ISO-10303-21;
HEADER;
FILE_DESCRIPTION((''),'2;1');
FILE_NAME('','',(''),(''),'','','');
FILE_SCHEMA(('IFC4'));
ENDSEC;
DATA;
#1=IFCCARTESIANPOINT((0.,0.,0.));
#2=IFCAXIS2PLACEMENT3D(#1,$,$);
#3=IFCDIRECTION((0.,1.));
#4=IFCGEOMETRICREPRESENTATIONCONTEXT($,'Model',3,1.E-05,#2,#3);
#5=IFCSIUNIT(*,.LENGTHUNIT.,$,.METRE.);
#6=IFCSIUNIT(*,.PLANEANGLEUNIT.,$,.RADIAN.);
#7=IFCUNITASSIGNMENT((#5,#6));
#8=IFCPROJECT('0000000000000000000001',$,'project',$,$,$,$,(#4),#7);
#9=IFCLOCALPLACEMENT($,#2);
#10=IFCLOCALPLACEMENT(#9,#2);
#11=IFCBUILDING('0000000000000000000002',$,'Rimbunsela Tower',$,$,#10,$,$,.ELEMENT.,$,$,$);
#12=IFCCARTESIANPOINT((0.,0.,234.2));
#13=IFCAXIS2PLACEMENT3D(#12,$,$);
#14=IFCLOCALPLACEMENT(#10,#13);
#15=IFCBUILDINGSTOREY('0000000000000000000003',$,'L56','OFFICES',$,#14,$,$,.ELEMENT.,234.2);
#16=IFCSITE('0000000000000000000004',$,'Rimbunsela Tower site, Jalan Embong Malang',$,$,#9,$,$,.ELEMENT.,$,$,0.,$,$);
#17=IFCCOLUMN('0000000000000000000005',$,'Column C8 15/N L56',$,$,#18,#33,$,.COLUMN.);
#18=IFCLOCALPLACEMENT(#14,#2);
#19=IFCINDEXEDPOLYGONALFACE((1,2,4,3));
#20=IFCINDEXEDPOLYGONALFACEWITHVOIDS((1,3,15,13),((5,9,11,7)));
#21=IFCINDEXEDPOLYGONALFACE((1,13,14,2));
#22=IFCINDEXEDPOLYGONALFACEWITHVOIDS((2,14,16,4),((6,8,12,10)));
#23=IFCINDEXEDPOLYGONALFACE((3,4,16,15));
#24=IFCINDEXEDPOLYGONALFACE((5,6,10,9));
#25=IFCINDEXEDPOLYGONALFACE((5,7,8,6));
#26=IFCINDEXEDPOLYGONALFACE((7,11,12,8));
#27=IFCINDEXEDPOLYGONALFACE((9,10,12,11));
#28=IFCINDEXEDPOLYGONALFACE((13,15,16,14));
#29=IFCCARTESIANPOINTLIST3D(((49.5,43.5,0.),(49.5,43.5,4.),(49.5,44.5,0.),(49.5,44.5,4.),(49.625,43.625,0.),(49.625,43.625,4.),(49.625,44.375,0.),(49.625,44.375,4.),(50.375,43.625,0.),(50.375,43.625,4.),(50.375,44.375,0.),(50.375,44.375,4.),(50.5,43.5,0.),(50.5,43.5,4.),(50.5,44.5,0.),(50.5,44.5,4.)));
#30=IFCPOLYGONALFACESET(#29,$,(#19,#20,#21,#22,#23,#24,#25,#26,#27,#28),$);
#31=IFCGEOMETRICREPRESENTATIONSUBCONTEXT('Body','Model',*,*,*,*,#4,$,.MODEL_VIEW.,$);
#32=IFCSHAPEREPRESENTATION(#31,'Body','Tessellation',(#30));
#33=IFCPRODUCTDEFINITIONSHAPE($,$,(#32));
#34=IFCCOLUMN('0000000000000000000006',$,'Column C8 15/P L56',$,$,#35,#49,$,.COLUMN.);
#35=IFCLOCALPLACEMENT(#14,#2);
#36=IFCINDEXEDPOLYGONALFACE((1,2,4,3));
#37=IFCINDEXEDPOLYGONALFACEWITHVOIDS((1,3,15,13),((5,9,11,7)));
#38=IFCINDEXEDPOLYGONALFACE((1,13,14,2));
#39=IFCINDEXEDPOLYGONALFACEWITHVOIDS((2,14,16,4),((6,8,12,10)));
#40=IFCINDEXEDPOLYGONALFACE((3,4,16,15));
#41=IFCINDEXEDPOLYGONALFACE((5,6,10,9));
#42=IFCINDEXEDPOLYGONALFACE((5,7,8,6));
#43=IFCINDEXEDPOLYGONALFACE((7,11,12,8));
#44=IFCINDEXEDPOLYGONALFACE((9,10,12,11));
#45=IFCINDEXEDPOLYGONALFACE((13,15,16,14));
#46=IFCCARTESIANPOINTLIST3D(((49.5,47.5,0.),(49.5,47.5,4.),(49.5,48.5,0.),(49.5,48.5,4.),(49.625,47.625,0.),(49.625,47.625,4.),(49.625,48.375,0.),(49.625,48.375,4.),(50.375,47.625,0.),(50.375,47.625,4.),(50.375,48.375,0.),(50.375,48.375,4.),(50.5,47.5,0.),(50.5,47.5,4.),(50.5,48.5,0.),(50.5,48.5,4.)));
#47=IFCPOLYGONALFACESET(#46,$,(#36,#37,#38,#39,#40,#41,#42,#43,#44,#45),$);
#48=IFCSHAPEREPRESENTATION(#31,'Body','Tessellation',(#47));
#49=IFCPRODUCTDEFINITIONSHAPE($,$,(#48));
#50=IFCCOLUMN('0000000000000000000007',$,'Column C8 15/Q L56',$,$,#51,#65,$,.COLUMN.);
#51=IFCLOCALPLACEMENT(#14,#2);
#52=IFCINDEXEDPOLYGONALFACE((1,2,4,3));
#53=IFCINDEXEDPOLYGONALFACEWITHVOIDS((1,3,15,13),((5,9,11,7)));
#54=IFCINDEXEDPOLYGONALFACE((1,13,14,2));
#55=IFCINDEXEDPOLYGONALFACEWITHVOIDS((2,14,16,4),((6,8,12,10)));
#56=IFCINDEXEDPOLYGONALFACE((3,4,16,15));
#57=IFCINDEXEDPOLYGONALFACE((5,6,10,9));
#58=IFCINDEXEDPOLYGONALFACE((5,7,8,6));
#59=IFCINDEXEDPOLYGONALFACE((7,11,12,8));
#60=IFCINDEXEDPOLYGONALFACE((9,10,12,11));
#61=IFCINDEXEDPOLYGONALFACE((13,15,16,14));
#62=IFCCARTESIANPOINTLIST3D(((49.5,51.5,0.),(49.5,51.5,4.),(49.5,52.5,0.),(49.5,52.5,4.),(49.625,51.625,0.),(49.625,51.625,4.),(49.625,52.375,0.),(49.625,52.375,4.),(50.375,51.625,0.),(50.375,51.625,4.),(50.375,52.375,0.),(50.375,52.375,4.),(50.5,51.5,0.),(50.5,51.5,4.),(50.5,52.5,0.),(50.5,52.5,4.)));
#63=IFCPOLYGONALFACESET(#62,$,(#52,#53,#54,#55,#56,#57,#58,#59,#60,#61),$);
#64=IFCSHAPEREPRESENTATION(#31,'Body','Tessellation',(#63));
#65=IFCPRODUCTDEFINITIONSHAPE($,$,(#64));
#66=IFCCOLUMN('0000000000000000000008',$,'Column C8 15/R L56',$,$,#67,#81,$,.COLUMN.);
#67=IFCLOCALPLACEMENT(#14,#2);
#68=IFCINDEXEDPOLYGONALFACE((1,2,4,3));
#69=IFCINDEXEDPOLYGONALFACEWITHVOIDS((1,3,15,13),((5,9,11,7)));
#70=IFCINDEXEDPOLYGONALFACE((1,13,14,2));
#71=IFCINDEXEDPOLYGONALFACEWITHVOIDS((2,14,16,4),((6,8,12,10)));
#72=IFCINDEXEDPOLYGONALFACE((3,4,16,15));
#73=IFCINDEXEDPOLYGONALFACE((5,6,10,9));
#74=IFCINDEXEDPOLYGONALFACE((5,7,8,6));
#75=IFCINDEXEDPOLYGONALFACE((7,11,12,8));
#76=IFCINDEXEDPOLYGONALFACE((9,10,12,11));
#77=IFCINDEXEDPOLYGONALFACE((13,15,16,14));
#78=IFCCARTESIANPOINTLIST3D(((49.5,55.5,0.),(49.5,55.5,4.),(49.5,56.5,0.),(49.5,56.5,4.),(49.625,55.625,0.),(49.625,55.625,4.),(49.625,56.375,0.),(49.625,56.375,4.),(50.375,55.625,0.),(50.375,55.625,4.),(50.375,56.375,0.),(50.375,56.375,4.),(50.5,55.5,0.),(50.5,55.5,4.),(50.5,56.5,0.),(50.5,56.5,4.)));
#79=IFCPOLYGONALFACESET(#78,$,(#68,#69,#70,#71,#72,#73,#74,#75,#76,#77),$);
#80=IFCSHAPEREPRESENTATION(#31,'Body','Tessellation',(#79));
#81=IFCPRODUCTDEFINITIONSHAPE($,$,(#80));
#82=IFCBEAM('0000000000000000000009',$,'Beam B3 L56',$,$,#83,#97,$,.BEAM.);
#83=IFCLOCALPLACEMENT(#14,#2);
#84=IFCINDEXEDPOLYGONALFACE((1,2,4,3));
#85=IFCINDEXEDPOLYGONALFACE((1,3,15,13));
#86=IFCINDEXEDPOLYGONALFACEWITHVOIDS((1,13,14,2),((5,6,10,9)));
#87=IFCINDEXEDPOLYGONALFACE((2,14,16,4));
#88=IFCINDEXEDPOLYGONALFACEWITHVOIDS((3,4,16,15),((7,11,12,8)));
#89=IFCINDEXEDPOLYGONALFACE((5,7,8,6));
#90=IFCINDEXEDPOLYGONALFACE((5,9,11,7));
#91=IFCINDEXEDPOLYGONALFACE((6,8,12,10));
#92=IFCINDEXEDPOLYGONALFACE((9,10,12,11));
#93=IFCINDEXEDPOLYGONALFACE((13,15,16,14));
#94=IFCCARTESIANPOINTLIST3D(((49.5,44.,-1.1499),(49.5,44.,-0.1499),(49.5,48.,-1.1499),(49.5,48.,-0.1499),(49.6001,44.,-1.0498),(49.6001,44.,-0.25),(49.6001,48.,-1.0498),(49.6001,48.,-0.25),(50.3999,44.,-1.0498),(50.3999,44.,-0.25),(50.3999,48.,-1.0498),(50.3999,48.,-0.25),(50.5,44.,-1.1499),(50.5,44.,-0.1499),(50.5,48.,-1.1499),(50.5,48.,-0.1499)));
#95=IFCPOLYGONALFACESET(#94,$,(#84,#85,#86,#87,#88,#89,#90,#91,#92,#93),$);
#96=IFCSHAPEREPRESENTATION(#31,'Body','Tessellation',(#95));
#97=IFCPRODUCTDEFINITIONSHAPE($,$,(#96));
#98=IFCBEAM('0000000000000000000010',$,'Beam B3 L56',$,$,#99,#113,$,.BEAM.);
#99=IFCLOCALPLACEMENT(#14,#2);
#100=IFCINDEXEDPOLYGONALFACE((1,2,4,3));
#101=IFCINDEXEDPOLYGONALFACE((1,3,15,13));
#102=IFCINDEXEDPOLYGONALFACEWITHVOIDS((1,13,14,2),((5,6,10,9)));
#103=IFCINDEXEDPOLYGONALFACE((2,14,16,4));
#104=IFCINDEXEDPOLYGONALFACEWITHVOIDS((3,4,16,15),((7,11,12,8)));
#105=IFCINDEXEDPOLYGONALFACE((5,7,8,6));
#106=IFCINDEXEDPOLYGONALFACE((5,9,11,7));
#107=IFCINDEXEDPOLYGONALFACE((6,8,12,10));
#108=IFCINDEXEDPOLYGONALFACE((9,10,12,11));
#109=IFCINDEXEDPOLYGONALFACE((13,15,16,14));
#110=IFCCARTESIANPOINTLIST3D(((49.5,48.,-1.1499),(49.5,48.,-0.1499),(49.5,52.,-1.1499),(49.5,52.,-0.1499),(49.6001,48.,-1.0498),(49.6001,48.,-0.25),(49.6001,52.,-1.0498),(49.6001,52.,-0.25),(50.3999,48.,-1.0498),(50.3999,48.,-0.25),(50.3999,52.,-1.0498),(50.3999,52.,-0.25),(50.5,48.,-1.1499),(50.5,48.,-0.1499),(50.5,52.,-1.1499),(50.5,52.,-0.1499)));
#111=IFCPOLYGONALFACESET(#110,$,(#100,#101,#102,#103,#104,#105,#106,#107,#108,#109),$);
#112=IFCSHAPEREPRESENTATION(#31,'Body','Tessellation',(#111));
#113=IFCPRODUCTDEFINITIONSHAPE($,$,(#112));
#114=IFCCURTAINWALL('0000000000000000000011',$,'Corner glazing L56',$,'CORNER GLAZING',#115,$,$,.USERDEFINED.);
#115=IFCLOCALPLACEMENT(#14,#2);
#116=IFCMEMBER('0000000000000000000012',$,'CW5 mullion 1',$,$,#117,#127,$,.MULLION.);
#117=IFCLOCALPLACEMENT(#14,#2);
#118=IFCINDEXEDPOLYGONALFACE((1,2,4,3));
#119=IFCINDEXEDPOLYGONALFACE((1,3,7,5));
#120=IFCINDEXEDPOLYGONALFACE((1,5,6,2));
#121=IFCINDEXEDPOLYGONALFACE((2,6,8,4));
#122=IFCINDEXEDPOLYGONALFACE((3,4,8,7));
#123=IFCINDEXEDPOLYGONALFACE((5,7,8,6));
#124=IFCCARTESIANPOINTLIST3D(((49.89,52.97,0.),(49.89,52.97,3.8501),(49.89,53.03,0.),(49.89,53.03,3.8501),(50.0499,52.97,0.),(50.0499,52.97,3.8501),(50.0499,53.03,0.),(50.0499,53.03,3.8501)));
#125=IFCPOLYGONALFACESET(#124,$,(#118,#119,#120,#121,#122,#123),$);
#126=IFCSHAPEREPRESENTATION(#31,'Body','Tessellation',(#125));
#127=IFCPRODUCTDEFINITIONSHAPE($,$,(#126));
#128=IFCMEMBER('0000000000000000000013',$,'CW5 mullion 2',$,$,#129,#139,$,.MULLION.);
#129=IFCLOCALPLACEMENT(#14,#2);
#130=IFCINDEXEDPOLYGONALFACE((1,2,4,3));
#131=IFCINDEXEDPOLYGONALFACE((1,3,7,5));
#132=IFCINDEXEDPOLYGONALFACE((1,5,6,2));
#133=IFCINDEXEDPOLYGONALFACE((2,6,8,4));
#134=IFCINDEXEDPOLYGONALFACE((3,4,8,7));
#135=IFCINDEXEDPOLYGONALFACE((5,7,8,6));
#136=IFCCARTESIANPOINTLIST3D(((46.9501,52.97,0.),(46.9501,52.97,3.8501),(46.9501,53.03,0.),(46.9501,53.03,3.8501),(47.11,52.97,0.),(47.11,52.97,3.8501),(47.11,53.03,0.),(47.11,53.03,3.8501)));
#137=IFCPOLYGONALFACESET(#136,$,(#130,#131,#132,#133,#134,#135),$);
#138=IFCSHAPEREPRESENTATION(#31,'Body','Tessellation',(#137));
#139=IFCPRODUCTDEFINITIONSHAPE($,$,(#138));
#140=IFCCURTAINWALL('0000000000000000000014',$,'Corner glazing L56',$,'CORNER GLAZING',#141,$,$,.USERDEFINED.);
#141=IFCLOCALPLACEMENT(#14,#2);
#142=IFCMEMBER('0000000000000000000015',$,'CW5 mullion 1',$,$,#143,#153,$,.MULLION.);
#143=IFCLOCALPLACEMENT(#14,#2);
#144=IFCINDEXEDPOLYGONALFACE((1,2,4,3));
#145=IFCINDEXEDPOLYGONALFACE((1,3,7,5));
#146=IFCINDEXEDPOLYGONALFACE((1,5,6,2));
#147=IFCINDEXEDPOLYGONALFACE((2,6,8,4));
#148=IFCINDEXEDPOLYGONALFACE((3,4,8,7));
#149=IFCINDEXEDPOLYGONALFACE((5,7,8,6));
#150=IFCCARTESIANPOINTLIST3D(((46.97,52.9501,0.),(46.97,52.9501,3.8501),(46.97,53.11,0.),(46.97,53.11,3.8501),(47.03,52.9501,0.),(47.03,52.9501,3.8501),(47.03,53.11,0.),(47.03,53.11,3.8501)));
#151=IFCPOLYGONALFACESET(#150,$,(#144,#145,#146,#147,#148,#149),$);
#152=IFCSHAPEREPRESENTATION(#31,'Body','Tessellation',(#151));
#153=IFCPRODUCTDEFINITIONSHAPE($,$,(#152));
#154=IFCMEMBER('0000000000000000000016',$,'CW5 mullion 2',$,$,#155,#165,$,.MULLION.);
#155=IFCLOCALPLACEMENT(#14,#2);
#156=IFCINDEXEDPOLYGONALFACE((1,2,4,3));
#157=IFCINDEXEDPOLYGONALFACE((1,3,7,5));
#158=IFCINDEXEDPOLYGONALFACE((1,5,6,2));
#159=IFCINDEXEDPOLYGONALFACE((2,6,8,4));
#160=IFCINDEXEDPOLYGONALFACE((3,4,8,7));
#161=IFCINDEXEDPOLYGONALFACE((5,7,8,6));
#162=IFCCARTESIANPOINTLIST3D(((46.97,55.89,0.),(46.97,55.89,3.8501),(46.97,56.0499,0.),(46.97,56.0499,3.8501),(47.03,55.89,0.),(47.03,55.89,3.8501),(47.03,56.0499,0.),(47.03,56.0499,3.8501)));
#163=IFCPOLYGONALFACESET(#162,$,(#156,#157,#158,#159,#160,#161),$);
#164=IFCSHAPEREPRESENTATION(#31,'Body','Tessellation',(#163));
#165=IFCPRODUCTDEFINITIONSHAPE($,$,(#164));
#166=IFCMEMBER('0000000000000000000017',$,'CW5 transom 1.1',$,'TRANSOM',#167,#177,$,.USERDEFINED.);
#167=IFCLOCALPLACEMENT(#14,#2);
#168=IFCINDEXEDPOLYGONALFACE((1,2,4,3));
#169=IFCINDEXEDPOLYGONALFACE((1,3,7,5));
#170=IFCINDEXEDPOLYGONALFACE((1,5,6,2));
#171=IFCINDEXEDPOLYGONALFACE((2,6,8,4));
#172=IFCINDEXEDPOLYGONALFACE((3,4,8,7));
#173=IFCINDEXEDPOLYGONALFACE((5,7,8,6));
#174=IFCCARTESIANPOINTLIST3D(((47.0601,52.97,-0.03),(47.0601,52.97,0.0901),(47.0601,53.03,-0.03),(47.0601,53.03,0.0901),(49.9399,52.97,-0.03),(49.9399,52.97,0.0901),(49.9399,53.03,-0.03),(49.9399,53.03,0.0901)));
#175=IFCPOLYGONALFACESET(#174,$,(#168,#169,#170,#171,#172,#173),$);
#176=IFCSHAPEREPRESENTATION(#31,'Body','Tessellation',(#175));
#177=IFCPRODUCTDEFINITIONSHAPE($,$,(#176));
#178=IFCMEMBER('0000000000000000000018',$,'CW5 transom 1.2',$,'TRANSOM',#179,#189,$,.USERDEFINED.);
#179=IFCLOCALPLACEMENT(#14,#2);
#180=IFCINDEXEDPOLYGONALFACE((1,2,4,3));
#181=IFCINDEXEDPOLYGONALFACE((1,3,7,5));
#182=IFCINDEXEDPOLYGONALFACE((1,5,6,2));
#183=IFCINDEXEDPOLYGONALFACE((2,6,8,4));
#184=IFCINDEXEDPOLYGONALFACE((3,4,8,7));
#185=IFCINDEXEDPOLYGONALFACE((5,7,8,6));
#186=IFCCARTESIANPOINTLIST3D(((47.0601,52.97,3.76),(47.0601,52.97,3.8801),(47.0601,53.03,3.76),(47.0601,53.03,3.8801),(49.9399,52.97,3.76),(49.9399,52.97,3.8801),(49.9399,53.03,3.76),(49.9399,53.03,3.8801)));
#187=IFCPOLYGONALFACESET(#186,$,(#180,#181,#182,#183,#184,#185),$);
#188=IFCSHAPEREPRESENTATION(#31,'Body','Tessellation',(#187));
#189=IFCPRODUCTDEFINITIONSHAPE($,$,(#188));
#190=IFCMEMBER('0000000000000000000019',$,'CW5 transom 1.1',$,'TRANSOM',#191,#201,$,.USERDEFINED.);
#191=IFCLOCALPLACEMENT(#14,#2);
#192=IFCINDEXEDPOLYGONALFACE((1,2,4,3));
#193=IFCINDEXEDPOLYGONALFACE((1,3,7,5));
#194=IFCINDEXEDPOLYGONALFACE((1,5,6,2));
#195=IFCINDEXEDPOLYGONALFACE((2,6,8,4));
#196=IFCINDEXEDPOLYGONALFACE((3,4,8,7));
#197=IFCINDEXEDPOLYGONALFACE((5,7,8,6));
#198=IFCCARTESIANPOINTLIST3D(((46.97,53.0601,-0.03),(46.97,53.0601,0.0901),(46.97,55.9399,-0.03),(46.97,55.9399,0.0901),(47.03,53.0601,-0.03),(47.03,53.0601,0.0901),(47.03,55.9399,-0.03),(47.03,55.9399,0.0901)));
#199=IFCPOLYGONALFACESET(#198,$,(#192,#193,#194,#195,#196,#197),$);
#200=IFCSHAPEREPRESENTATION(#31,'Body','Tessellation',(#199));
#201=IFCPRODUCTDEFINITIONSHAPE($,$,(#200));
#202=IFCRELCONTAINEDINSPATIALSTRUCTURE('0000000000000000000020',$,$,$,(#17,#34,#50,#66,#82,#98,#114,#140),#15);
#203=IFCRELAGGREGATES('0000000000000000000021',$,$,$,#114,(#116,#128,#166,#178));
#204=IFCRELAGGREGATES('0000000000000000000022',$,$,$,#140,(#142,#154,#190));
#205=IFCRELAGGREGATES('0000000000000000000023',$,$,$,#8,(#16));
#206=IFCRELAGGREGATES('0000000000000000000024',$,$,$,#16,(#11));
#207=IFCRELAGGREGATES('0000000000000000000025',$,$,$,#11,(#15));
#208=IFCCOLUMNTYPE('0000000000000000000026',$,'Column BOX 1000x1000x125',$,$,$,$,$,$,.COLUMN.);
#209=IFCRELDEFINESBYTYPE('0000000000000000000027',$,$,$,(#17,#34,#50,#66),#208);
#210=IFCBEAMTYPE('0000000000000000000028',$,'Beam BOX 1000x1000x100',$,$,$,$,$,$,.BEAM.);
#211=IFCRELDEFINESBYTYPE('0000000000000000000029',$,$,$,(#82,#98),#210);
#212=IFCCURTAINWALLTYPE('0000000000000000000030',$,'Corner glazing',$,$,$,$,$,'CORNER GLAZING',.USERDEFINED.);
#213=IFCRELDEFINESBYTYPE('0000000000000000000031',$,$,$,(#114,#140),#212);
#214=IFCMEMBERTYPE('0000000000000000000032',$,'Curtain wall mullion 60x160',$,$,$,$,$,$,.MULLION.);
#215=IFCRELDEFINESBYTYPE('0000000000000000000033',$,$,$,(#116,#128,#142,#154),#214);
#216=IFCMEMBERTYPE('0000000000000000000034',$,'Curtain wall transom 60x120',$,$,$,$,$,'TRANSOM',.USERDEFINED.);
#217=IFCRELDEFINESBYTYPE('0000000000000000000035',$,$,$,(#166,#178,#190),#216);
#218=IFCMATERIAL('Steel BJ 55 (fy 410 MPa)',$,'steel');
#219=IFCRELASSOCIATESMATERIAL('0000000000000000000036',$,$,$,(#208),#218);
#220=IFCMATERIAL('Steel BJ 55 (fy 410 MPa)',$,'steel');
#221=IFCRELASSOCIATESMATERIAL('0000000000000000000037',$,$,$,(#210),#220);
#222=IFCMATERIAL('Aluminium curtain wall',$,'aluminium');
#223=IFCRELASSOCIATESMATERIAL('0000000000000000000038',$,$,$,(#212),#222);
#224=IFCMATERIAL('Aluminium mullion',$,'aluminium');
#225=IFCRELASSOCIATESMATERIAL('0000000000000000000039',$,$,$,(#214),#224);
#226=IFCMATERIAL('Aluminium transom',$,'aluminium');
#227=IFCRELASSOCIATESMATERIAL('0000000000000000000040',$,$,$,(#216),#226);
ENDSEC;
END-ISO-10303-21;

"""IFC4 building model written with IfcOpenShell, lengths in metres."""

from ifc_helpers import new_model, si_unit, direction, frame, origin, origin_2d, place, context, subcontext, project, spatial, rectangle, hollow_rectangle, extrude, material, material_profile, profile_set, type_object, element, aggregate, save


model = new_model("IFC4")

# Units and contexts
model_context = context("Model", 3, precision=1e-05, world=origin(), true_north=direction((0.0, 1.0)))
body_context = subcontext(model_context, "Body", "Model", "MODEL_VIEW")
ifc_project = project(units=[si_unit("LENGTHUNIT", "METRE"), si_unit("PLANEANGLEUNIT", "RADIAN")], contexts=[model_context])

# Site, building, storey
site_placement = place(None, origin())
site = spatial("IfcSite", under=ifc_project, at=site_placement, Name="Rimbunsela Tower site, Jalan Embong Malang", CompositionType="ELEMENT", RefElevation=0.0)
building_placement = place(site_placement, origin())
building = spatial("IfcBuilding", under=site, at=building_placement, Name="Rimbunsela Tower", CompositionType="ELEMENT")
storey_placement = place(building_placement, frame((0.0, 0.0, 234.2)))
storey = spatial("IfcBuildingStorey", under=building, at=storey_placement, Name="L56", Description="OFFICES", CompositionType="ELEMENT", Elevation=234.2)

# Columns
ifc_material_1 = material(Name="Steel BJ 55 (fy 410 MPa)", Category="steel")
ifc_material_profile_1 = material_profile(ifc_material_1, hollow_rectangle(XDim=1.0, YDim=1.0, WallThickness=0.125, at=origin_2d()), Name="BOX 1000x1000x125")
ifc_profile_set_1 = profile_set([ifc_material_profile_1], Name="Steel BJ 55 (fy 410 MPa)")
column_type = type_object("IfcColumnType", Name="Column BOX 1000x1000x125", PredefinedType="COLUMN", material=ifc_profile_set_1)
for number, where, z_axis, x_axis, name in (
    (1, (50.0, 44.0, 0.0), (0.0, 0.0, 1.0), (1.0, 0.0, 0.0), "Column C8 15/N L56"),
    (2, (50.0, 48.0, 0.0), (0.0, 0.0, 1.0), (1.0, 0.0, 0.0), "Column C8 15/P L56"),
    (3, (50.0, 52.0, 0.0), (0.0, 0.0, 1.0), (1.0, 0.0, 0.0), "Column C8 15/Q L56"),
    (4, (50.0, 56.0, 0.0), (0.0, 0.0, 1.0), (1.0, 0.0, 0.0), "Column C8 15/R L56"),
):
    element("IfcColumn", number, at=place(storey_placement, frame(where, z_axis=z_axis, x_axis=x_axis)), inside=storey, type_object=column_type, Name=name, PredefinedType="COLUMN", context=body_context, shape_type="SweptSolid", body=[
        extrude(hollow_rectangle(XDim=1.0, YDim=1.0, WallThickness=0.125, at=origin_2d()), origin(), (0.0, 0.0, 1.0), 4.0),
    ])

# Beams
ifc_material_2 = material(Name="Steel BJ 55 (fy 410 MPa)", Category="steel")
ifc_material_profile_2 = material_profile(ifc_material_2, hollow_rectangle(XDim=1.0, YDim=1.0, WallThickness=0.1001, at=origin_2d()), Name="BOX 1000x1000x100")
ifc_profile_set_2 = profile_set([ifc_material_profile_2], Name="Steel BJ 55 (fy 410 MPa)")
beam_type = type_object("IfcBeamType", Name="Beam BOX 1000x1000x100", PredefinedType="BEAM", material=ifc_profile_set_2)
for number, where, z_axis, x_axis, name in (
    (5, (50.0, 44.0, -0.6499), (0.0, 1.0, 0.0), (-1.0, 0.0, 0.0), "Beam B3 L56"),
    (6, (50.0, 48.0, -0.6499), (0.0, 1.0, 0.0), (-1.0, 0.0, 0.0), "Beam B3 L56"),
):
    element("IfcBeam", number, at=place(storey_placement, frame(where, z_axis=z_axis, x_axis=x_axis)), inside=storey, type_object=beam_type, Name=name, PredefinedType="BEAM", context=body_context, shape_type="SweptSolid", body=[
        extrude(hollow_rectangle(XDim=1.0, YDim=1.0, WallThickness=0.1001, at=origin_2d()), origin(), (0.0, 0.0, 1.0), 4.0),
    ])

# Curtain walls, members
ifc_material_3 = material(Name="Aluminium curtain wall", Category="aluminium")
curtain_wall_type = type_object("IfcCurtainWallType", Name="Corner glazing", ElementType="CORNER GLAZING", PredefinedType="USERDEFINED", material=ifc_material_3)
curtain_wall_1_placement = place(storey_placement, origin())
curtain_wall_1 = element("IfcCurtainWall", 7, at=curtain_wall_1_placement, inside=storey, type_object=curtain_wall_type, Name="Corner glazing L56", ObjectType="CORNER GLAZING", PredefinedType="USERDEFINED")
ifc_material_4 = material(Name="Aluminium mullion", Category="aluminium")
ifc_material_profile_3 = material_profile(ifc_material_4, rectangle(XDim=0.0601, YDim=0.1599, at=origin_2d()), Name="Mullion 60x160")
ifc_profile_set_3 = profile_set([ifc_material_profile_3], Name="Aluminium mullion")
member_type_1 = type_object("IfcMemberType", Name="Curtain wall mullion 60x160", PredefinedType="MULLION", material=ifc_profile_set_3)
member_1_placement = place(storey_placement, frame((49.97, 53.0, 0.0), z_axis=(0.0, 0.0, 1.0), x_axis=(0.0, -1.0, 0.0)))
member_1 = element("IfcMember", 8, at=member_1_placement, type_object=member_type_1, Name="CW5 mullion 1", PredefinedType="MULLION", context=body_context, shape_type="SweptSolid", body=[
    extrude(rectangle(XDim=0.0601, YDim=0.1599, at=origin_2d()), origin(), (0.0, 0.0, 1.0), 3.8501),
])
member_2_placement = place(storey_placement, frame((47.03, 53.0, 0.0), z_axis=(0.0, 0.0, 1.0), x_axis=(0.0, -1.0, 0.0)))
member_2 = element("IfcMember", 9, at=member_2_placement, type_object=member_type_1, Name="CW5 mullion 2", PredefinedType="MULLION", context=body_context, shape_type="SweptSolid", body=[
    extrude(rectangle(XDim=0.0601, YDim=0.1599, at=origin_2d()), origin(), (0.0, 0.0, 1.0), 3.8501),
])
curtain_wall_2_placement = place(storey_placement, origin())
curtain_wall_2 = element("IfcCurtainWall", 10, at=curtain_wall_2_placement, inside=storey, type_object=curtain_wall_type, Name="Corner glazing L56", ObjectType="CORNER GLAZING", PredefinedType="USERDEFINED")
member_3_placement = place(storey_placement, frame((47.0, 53.03, 0.0), z_axis=(0.0, 0.0, 1.0), x_axis=(-1.0, 0.0, 0.0)))
member_3 = element("IfcMember", 11, at=member_3_placement, type_object=member_type_1, Name="CW5 mullion 1", PredefinedType="MULLION", context=body_context, shape_type="SweptSolid", body=[
    extrude(rectangle(XDim=0.0601, YDim=0.1599, at=origin_2d()), origin(), (0.0, 0.0, 1.0), 3.8501),
])
member_4_placement = place(storey_placement, frame((47.0, 55.97, 0.0), z_axis=(0.0, 0.0, 1.0), x_axis=(-1.0, 0.0, 0.0)))
member_4 = element("IfcMember", 12, at=member_4_placement, type_object=member_type_1, Name="CW5 mullion 2", PredefinedType="MULLION", context=body_context, shape_type="SweptSolid", body=[
    extrude(rectangle(XDim=0.0601, YDim=0.1599, at=origin_2d()), origin(), (0.0, 0.0, 1.0), 3.8501),
])

# Members
ifc_material_5 = material(Name="Aluminium transom", Category="aluminium")
ifc_material_profile_4 = material_profile(ifc_material_5, rectangle(XDim=0.0601, YDim=0.1201, at=origin_2d()), Name="Transom 60x120")
ifc_profile_set_4 = profile_set([ifc_material_profile_4], Name="Aluminium transom")
member_type_2 = type_object("IfcMemberType", Name="Curtain wall transom 60x120", ElementType="TRANSOM", PredefinedType="USERDEFINED", material=ifc_profile_set_4)
member_5_placement = place(storey_placement, frame((49.9399, 53.0, 0.03), z_axis=(-1.0, 0.0, 0.0), x_axis=(0.0, -1.0, 0.0)))
member_5 = element("IfcMember", 13, at=member_5_placement, type_object=member_type_2, Name="CW5 transom 1.1", ObjectType="TRANSOM", PredefinedType="USERDEFINED", context=body_context, shape_type="SweptSolid", body=[
    extrude(rectangle(XDim=0.0601, YDim=0.1201, at=origin_2d()), origin(), (0.0, 0.0, 1.0), 2.8799),
])
member_6_placement = place(storey_placement, frame((49.9399, 53.0, 3.8201), z_axis=(-1.0, 0.0, 0.0), x_axis=(0.0, -1.0, 0.0)))
member_6 = element("IfcMember", 14, at=member_6_placement, type_object=member_type_2, Name="CW5 transom 1.2", ObjectType="TRANSOM", PredefinedType="USERDEFINED", context=body_context, shape_type="SweptSolid", body=[
    extrude(rectangle(XDim=0.0601, YDim=0.1201, at=origin_2d()), origin(), (0.0, 0.0, 1.0), 2.8799),
])
member_7_placement = place(storey_placement, frame((47.0, 53.0601, 0.03), z_axis=(0.0, 1.0, 0.0), x_axis=(-1.0, 0.0, 0.0)))
member_7 = element("IfcMember", 15, at=member_7_placement, type_object=member_type_2, Name="CW5 transom 1.1", ObjectType="TRANSOM", PredefinedType="USERDEFINED", context=body_context, shape_type="SweptSolid", body=[
    extrude(rectangle(XDim=0.0601, YDim=0.1201, at=origin_2d()), origin(), (0.0, 0.0, 1.0), 2.8799),
])

aggregate(curtain_wall_1, [member_1, member_2, member_5, member_6])
aggregate(curtain_wall_2, [member_3, member_4, member_7])

save(model, "model.ifc")
